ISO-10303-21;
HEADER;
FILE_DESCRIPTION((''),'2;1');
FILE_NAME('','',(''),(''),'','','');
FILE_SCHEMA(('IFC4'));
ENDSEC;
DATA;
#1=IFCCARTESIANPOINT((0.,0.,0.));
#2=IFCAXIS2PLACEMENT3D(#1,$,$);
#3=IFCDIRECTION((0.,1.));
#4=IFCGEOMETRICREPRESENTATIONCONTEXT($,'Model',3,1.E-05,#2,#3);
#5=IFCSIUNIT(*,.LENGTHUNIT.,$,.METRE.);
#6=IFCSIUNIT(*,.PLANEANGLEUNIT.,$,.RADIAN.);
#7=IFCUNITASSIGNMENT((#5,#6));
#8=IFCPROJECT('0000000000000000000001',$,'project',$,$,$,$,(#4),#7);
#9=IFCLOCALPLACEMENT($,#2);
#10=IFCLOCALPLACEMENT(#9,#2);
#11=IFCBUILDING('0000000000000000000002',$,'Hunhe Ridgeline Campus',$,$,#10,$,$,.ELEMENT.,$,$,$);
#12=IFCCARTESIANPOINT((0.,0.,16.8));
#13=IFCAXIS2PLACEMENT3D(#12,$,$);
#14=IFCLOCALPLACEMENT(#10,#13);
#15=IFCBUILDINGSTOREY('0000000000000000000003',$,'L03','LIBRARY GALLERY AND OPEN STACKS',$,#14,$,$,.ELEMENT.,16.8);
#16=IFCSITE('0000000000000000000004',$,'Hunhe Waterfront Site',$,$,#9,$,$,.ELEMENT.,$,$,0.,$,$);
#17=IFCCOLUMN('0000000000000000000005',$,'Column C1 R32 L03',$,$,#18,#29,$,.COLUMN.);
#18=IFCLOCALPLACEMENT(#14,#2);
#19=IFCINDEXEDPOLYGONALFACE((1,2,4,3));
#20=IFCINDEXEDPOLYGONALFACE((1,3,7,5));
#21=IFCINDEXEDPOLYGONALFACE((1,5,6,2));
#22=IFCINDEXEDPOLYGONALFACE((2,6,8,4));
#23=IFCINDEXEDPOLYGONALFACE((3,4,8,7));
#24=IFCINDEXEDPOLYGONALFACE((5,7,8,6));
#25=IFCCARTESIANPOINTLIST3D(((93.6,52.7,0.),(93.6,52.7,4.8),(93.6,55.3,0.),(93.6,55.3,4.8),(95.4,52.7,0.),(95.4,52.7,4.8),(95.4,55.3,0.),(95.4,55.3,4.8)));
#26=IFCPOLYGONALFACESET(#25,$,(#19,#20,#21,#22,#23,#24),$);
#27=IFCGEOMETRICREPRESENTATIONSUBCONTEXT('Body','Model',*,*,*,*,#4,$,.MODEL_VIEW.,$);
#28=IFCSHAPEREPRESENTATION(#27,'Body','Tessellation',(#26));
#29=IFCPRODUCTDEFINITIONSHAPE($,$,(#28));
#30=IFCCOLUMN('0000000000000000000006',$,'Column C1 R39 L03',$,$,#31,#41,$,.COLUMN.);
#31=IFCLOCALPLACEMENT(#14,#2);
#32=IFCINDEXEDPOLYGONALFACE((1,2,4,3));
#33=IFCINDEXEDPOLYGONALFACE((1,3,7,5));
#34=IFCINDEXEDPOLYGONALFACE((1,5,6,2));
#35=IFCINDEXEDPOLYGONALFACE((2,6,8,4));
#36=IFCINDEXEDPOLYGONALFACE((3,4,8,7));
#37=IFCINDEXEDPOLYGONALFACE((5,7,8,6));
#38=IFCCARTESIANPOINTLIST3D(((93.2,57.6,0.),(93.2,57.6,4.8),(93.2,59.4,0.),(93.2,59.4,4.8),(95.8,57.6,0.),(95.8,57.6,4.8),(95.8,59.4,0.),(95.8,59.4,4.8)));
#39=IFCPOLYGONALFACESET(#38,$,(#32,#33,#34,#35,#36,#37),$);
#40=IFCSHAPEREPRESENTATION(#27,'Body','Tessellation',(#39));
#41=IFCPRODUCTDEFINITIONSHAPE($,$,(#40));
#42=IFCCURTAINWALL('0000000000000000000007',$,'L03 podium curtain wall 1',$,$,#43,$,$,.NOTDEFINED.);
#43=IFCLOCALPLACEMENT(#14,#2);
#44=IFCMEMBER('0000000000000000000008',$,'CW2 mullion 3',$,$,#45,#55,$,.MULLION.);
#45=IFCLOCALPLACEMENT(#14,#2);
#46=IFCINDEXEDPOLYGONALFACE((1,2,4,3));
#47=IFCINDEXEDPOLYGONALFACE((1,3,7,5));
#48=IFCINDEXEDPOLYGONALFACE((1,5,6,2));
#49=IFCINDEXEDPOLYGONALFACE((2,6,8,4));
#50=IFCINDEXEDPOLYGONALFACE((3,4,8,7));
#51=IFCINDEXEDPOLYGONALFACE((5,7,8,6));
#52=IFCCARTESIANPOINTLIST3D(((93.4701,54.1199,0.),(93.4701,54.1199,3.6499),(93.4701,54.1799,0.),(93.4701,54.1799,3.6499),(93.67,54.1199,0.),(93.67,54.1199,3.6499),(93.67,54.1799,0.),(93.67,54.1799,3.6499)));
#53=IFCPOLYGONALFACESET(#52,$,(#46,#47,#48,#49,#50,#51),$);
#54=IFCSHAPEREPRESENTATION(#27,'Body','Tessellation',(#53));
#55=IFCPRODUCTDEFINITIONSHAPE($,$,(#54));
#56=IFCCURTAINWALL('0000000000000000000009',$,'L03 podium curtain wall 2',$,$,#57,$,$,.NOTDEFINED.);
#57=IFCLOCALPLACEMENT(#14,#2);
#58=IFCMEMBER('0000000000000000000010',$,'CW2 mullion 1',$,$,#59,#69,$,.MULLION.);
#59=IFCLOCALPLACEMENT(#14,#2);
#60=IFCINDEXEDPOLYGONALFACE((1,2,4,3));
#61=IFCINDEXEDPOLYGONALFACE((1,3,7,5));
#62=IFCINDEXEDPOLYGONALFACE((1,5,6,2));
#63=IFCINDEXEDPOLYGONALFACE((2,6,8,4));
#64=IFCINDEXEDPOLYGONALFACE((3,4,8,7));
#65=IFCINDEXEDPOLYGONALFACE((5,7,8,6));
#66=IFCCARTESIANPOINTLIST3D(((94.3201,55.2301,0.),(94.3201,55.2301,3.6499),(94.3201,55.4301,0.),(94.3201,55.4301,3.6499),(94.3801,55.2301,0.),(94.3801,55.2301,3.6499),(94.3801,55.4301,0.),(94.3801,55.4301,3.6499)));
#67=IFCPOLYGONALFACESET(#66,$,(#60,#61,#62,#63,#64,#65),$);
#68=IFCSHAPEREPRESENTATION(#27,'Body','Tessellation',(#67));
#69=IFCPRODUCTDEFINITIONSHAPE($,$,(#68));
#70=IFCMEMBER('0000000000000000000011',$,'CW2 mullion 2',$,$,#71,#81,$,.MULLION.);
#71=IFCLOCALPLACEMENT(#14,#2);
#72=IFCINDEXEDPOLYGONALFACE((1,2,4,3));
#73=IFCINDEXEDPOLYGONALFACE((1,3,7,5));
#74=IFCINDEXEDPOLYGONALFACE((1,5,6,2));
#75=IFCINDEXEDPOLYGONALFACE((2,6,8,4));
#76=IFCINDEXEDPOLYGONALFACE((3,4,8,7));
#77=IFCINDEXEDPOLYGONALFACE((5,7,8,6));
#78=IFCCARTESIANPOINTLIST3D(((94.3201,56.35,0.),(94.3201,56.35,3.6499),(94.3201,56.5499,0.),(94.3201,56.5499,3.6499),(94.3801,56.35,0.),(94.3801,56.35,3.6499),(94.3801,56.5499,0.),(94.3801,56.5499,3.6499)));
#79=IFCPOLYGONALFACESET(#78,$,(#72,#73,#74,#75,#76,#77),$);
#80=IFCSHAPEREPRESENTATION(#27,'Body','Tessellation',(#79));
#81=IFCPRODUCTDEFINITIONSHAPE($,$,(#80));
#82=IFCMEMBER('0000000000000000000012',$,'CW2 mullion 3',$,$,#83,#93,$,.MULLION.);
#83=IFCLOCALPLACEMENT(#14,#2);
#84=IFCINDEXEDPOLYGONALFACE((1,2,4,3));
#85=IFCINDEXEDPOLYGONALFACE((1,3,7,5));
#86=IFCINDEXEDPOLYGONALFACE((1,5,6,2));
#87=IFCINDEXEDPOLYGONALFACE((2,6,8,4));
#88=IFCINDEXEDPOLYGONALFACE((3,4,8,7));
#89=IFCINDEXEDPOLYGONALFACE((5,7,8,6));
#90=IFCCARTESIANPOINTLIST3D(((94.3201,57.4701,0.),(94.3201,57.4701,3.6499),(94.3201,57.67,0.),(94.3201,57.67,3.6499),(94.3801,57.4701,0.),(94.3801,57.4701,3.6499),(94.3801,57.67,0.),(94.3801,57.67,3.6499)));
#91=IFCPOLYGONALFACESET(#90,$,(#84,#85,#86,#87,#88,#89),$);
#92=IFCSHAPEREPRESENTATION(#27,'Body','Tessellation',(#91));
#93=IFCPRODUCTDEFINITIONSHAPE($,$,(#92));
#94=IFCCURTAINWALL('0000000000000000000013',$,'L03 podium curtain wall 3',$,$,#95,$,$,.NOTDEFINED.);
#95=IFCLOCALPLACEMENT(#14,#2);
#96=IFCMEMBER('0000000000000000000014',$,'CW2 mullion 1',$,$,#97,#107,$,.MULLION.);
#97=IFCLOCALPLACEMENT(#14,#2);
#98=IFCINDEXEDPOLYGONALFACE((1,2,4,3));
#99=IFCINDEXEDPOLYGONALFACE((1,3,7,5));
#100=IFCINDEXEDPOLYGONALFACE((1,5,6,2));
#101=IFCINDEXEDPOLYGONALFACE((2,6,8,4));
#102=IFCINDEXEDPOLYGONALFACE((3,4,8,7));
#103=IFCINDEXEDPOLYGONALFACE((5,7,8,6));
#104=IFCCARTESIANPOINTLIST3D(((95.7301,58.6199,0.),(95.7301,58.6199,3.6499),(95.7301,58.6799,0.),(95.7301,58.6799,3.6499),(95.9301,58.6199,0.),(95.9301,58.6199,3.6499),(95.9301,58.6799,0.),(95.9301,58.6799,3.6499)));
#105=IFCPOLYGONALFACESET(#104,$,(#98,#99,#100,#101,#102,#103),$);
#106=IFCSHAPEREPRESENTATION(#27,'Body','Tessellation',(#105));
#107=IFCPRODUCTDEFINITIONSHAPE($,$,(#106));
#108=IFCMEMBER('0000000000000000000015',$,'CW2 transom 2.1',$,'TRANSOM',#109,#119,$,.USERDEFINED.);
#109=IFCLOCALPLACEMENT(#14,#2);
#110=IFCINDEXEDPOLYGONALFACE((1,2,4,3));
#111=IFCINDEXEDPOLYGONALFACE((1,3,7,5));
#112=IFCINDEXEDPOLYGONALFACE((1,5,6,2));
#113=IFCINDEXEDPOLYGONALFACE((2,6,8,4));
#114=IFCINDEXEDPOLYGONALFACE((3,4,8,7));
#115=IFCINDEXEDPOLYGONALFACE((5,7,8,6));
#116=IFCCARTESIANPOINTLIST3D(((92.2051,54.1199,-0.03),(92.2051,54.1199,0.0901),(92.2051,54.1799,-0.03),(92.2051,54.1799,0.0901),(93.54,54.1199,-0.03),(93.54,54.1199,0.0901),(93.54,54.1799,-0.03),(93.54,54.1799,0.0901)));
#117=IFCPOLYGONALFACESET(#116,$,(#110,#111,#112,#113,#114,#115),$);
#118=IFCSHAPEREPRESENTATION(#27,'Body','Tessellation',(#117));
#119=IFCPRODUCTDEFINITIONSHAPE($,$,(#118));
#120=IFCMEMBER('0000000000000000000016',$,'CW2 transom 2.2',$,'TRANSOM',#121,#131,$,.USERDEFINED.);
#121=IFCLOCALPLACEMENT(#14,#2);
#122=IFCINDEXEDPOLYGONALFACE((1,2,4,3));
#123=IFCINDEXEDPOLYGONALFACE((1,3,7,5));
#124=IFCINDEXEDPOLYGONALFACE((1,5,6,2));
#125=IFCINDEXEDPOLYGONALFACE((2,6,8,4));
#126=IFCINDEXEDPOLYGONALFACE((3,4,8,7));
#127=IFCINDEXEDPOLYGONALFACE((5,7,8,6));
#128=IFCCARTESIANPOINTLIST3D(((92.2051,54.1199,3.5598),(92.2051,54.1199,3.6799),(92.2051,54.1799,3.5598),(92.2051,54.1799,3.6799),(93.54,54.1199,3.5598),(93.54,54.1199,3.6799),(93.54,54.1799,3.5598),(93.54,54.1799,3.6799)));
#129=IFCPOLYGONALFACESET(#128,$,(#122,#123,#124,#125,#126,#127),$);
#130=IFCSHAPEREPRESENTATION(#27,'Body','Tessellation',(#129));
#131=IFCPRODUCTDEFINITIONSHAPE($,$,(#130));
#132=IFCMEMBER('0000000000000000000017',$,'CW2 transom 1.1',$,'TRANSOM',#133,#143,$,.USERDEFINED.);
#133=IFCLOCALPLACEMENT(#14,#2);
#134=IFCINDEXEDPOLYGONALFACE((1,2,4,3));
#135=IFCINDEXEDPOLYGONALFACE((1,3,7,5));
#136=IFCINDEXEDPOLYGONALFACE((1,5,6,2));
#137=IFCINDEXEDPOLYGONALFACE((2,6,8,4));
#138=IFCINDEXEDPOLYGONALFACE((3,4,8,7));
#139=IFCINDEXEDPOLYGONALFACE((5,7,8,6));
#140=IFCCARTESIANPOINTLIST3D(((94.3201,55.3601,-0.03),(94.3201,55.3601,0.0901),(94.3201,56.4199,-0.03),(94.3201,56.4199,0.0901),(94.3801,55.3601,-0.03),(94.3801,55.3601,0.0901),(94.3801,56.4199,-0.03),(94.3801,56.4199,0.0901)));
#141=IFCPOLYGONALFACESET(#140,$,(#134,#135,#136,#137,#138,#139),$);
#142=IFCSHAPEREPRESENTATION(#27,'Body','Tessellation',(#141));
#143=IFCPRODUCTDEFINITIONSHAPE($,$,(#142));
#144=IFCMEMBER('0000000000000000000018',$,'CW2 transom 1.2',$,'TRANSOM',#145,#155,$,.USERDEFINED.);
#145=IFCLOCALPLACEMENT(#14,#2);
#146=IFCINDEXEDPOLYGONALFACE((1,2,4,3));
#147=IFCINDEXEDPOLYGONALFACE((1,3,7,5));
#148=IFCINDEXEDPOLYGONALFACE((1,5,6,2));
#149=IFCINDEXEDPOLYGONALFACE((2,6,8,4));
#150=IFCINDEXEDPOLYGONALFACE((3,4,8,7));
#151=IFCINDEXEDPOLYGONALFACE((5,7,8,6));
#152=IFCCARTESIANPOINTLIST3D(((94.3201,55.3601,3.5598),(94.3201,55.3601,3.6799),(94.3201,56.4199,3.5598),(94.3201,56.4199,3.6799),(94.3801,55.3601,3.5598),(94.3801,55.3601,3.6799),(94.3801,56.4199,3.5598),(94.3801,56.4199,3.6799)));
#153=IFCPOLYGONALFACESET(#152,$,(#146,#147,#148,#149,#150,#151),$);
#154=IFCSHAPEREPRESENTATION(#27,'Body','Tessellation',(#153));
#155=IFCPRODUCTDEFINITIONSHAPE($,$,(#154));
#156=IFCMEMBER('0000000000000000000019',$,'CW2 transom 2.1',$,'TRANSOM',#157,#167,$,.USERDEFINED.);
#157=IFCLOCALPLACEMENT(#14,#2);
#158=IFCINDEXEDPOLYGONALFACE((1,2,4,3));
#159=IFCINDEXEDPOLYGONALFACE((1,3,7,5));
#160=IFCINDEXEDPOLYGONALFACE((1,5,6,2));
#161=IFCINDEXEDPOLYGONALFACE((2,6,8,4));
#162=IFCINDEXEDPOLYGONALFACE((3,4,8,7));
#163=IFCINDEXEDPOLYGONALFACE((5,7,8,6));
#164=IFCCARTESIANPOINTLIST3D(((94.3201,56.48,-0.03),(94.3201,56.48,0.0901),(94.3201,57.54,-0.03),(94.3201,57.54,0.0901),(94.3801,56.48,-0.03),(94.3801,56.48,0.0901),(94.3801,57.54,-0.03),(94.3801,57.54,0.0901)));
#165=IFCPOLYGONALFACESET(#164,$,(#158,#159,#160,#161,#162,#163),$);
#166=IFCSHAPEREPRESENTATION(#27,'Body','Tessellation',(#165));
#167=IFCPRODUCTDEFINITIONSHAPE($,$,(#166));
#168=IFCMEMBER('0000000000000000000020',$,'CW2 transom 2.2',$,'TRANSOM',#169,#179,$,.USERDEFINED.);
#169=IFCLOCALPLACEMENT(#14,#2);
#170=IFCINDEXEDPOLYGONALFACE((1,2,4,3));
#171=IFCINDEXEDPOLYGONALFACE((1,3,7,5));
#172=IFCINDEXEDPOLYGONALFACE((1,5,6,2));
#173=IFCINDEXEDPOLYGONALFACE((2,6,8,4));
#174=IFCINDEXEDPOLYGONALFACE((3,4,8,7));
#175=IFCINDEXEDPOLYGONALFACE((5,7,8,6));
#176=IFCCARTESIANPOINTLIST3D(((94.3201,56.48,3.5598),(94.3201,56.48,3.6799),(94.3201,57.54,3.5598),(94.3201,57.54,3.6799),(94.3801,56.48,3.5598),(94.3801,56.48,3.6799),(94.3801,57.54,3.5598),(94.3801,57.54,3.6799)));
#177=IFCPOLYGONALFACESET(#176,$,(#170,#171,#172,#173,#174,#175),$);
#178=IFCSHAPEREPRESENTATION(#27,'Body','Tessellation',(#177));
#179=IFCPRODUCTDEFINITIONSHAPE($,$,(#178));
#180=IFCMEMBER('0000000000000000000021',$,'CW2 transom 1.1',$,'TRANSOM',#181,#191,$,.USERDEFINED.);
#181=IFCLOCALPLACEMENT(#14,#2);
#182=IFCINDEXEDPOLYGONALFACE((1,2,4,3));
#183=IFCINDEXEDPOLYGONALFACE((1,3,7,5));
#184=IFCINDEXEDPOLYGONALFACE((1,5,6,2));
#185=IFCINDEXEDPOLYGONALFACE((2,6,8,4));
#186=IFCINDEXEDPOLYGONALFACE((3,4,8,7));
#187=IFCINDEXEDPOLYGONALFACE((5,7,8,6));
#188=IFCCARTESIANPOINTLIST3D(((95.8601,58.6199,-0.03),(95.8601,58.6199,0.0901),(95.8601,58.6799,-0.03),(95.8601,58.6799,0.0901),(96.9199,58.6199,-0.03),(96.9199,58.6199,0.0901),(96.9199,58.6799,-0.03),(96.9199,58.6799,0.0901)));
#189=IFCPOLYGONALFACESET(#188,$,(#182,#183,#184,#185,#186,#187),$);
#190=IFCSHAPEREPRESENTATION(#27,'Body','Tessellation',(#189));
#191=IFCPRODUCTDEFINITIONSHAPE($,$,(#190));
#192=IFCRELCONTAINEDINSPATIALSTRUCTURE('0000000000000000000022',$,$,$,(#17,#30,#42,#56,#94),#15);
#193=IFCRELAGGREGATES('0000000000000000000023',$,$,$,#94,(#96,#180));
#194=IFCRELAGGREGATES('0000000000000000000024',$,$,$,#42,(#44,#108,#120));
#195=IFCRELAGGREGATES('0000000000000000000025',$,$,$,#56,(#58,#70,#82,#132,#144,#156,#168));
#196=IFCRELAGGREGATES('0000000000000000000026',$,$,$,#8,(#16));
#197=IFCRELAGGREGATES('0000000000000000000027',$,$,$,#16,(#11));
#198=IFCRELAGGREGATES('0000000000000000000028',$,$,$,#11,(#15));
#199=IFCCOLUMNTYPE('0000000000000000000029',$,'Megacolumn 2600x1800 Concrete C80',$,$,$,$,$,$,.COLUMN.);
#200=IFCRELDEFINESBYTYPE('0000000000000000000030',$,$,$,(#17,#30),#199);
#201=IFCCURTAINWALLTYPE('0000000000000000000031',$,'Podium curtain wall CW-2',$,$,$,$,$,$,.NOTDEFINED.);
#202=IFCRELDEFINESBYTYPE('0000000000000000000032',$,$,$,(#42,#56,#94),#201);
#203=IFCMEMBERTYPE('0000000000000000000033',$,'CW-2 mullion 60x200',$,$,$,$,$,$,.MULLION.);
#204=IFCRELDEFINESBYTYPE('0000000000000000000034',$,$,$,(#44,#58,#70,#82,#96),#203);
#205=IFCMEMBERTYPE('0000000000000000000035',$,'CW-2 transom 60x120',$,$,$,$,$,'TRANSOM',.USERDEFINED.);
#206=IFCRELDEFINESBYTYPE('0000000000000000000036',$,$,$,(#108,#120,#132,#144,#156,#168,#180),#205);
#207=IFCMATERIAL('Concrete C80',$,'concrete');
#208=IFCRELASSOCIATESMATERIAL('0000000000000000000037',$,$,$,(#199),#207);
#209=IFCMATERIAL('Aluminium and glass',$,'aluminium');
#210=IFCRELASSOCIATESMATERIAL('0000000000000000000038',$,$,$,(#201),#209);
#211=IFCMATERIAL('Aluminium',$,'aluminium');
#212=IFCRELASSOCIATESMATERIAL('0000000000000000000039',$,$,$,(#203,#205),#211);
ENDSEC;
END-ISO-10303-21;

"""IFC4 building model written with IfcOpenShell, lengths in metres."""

from ifc_helpers import new_model, si_unit, direction, frame, origin, origin_2d, place, context, subcontext, project, spatial, rectangle, extrude, material, material_profile, profile_set, type_object, element, aggregate, save


model = new_model("IFC4")

# Units and contexts
model_context = context("Model", 3, precision=1e-05, world=origin(), true_north=direction((0.0, 1.0)))
body_context = subcontext(model_context, "Body", "Model", "MODEL_VIEW")
ifc_project = project(units=[si_unit("LENGTHUNIT", "METRE"), si_unit("PLANEANGLEUNIT", "RADIAN")], contexts=[model_context])

# Site, building, storey
site_placement = place(None, origin())
site = spatial("IfcSite", under=ifc_project, at=site_placement, Name="Hunhe Waterfront Site", CompositionType="ELEMENT", RefElevation=0.0)
building_placement = place(site_placement, origin())
building = spatial("IfcBuilding", under=site, at=building_placement, Name="Hunhe Ridgeline Campus", CompositionType="ELEMENT")
storey_placement = place(building_placement, frame((0.0, 0.0, 16.8)))
storey = spatial("IfcBuildingStorey", under=building, at=storey_placement, Name="L03", Description="LIBRARY GALLERY AND OPEN STACKS", CompositionType="ELEMENT", Elevation=16.8)

# Columns
ifc_material_1 = material(Name="Concrete C80", Category="concrete")
ifc_material_profile_1 = material_profile(ifc_material_1, rectangle(XDim=2.6001, YDim=1.8, at=origin_2d()))
ifc_profile_set_1 = profile_set([ifc_material_profile_1], Name="Concrete C80")
column_type = type_object("IfcColumnType", Name="Megacolumn 2600x1800 Concrete C80", PredefinedType="COLUMN", material=ifc_profile_set_1)
for number, where, z_axis, x_axis, name in (
    (1, (94.5, 54.0, 0.0), (0.0, 0.0, 1.0), (0.0, 1.0, 0.0), "Column C1 R32 L03"),
    (2, (94.5, 58.5, 0.0), (0.0, 0.0, 1.0), (1.0, 0.0, 0.0), "Column C1 R39 L03"),
):
    element("IfcColumn", number, at=place(storey_placement, frame(where, z_axis=z_axis, x_axis=x_axis)), inside=storey, type_object=column_type, Name=name, PredefinedType="COLUMN", context=body_context, shape_type="SweptSolid", body=[
        extrude(rectangle(XDim=2.6001, YDim=1.8, at=origin_2d()), origin(), (0.0, 0.0, 1.0), 4.8),
    ])

# Curtain wall, member
ifc_material_2 = material(Name="Aluminium and glass", Category="aluminium")
curtain_wall_type = type_object("IfcCurtainWallType", Name="Podium curtain wall CW-2", PredefinedType="NOTDEFINED", material=ifc_material_2)
curtain_wall_1_placement = place(storey_placement, origin())
curtain_wall_1 = element("IfcCurtainWall", 3, at=curtain_wall_1_placement, inside=storey, type_object=curtain_wall_type, Name="L03 podium curtain wall 1", PredefinedType="NOTDEFINED")
ifc_material_3 = material(Name="Aluminium", Category="aluminium")
ifc_material_profile_2 = material_profile(ifc_material_3, rectangle(XDim=0.0601, YDim=0.2, at=origin_2d()))
ifc_profile_set_2 = profile_set([ifc_material_profile_2], Name="Aluminium")
member_type_1 = type_object("IfcMemberType", Name="CW-2 mullion 60x200", PredefinedType="MULLION", material=ifc_profile_set_2)
member_1_placement = place(storey_placement, frame((93.5701, 54.1499, 0.0), z_axis=(0.0, 0.0, 1.0), x_axis=(0.0, 1.0, 0.0)))
member_1 = element("IfcMember", 4, at=member_1_placement, type_object=member_type_1, Name="CW2 mullion 3", PredefinedType="MULLION", context=body_context, shape_type="SweptSolid", body=[
    extrude(rectangle(XDim=0.0601, YDim=0.2, at=origin_2d()), origin(), (0.0, 0.0, 1.0), 3.6499),
])

# Curtain wall, members
curtain_wall_2_placement = place(storey_placement, origin())
curtain_wall_2 = element("IfcCurtainWall", 5, at=curtain_wall_2_placement, inside=storey, type_object=curtain_wall_type, Name="L03 podium curtain wall 2", PredefinedType="NOTDEFINED")
member_2_placement = place(storey_placement, frame((94.3501, 55.3301, 0.0), z_axis=(0.0, 0.0, 1.0), x_axis=(-1.0, 0.0, 0.0)))
member_2 = element("IfcMember", 6, at=member_2_placement, type_object=member_type_1, Name="CW2 mullion 1", PredefinedType="MULLION", context=body_context, shape_type="SweptSolid", body=[
    extrude(rectangle(XDim=0.0601, YDim=0.2, at=origin_2d()), origin(), (0.0, 0.0, 1.0), 3.6499),
])
member_3_placement = place(storey_placement, frame((94.3501, 56.45, 0.0), z_axis=(0.0, 0.0, 1.0), x_axis=(-1.0, 0.0, 0.0)))
member_3 = element("IfcMember", 7, at=member_3_placement, type_object=member_type_1, Name="CW2 mullion 2", PredefinedType="MULLION", context=body_context, shape_type="SweptSolid", body=[
    extrude(rectangle(XDim=0.0601, YDim=0.2, at=origin_2d()), origin(), (0.0, 0.0, 1.0), 3.6499),
])
member_4_placement = place(storey_placement, frame((94.3501, 57.5701, 0.0), z_axis=(0.0, 0.0, 1.0), x_axis=(-1.0, 0.0, 0.0)))
member_4 = element("IfcMember", 8, at=member_4_placement, type_object=member_type_1, Name="CW2 mullion 3", PredefinedType="MULLION", context=body_context, shape_type="SweptSolid", body=[
    extrude(rectangle(XDim=0.0601, YDim=0.2, at=origin_2d()), origin(), (0.0, 0.0, 1.0), 3.6499),
])

# Curtain wall, member
curtain_wall_3_placement = place(storey_placement, origin())
curtain_wall_3 = element("IfcCurtainWall", 9, at=curtain_wall_3_placement, inside=storey, type_object=curtain_wall_type, Name="L03 podium curtain wall 3", PredefinedType="NOTDEFINED")
member_5_placement = place(storey_placement, frame((95.8301, 58.6499, 0.0), z_axis=(0.0, 0.0, 1.0), x_axis=(0.0, 1.0, 0.0)))
member_5 = element("IfcMember", 10, at=member_5_placement, type_object=member_type_1, Name="CW2 mullion 1", PredefinedType="MULLION", context=body_context, shape_type="SweptSolid", body=[
    extrude(rectangle(XDim=0.0601, YDim=0.2, at=origin_2d()), origin(), (0.0, 0.0, 1.0), 3.6499),
])

# Members
ifc_material_profile_3 = material_profile(ifc_material_3, rectangle(XDim=0.0601, YDim=0.1201, at=origin_2d()))
ifc_profile_set_3 = profile_set([ifc_material_profile_3], Name="Aluminium")
member_type_2 = type_object("IfcMemberType", Name="CW-2 transom 60x120", ElementType="TRANSOM", PredefinedType="USERDEFINED", material=ifc_profile_set_3)
member_6_placement = place(storey_placement, frame((92.2051, 54.1499, 0.03), z_axis=(1.0, 0.0, 0.0), x_axis=(0.0, 1.0, 0.0)))
member_6 = element("IfcMember", 11, at=member_6_placement, type_object=member_type_2, Name="CW2 transom 2.1", ObjectType="TRANSOM", PredefinedType="USERDEFINED", context=body_context, shape_type="SweptSolid", body=[
    extrude(rectangle(XDim=0.0601, YDim=0.1201, at=origin_2d()), origin(), (0.0, 0.0, 1.0), 1.335),
])
member_7_placement = place(storey_placement, frame((92.2051, 54.1499, 3.6199), z_axis=(1.0, 0.0, 0.0), x_axis=(0.0, 1.0, 0.0)))
member_7 = element("IfcMember", 12, at=member_7_placement, type_object=member_type_2, Name="CW2 transom 2.2", ObjectType="TRANSOM", PredefinedType="USERDEFINED", context=body_context, shape_type="SweptSolid", body=[
    extrude(rectangle(XDim=0.0601, YDim=0.1201, at=origin_2d()), origin(), (0.0, 0.0, 1.0), 1.335),
])
member_8_placement = place(storey_placement, frame((94.3501, 55.3601, 0.03), z_axis=(0.0, 1.0, 0.0), x_axis=(-1.0, 0.0, 0.0)))
member_8 = element("IfcMember", 13, at=member_8_placement, type_object=member_type_2, Name="CW2 transom 1.1", ObjectType="TRANSOM", PredefinedType="USERDEFINED", context=body_context, shape_type="SweptSolid", body=[
    extrude(rectangle(XDim=0.0601, YDim=0.1201, at=origin_2d()), origin(), (0.0, 0.0, 1.0), 1.0598),
])
member_9_placement = place(storey_placement, frame((94.3501, 55.3601, 3.6199), z_axis=(0.0, 1.0, 0.0), x_axis=(-1.0, 0.0, 0.0)))
member_9 = element("IfcMember", 14, at=member_9_placement, type_object=member_type_2, Name="CW2 transom 1.2", ObjectType="TRANSOM", PredefinedType="USERDEFINED", context=body_context, shape_type="SweptSolid", body=[
    extrude(rectangle(XDim=0.0601, YDim=0.1201, at=origin_2d()), origin(), (0.0, 0.0, 1.0), 1.0598),
])
member_10_placement = place(storey_placement, frame((94.3501, 56.48, 0.03), z_axis=(0.0, 1.0, 0.0), x_axis=(-1.0, 0.0, 0.0)))
member_10 = element("IfcMember", 15, at=member_10_placement, type_object=member_type_2, Name="CW2 transom 2.1", ObjectType="TRANSOM", PredefinedType="USERDEFINED", context=body_context, shape_type="SweptSolid", body=[
    extrude(rectangle(XDim=0.0601, YDim=0.1201, at=origin_2d()), origin(), (0.0, 0.0, 1.0), 1.0601),
])
member_11_placement = place(storey_placement, frame((94.3501, 56.48, 3.6199), z_axis=(0.0, 1.0, 0.0), x_axis=(-1.0, 0.0, 0.0)))
member_11 = element("IfcMember", 16, at=member_11_placement, type_object=member_type_2, Name="CW2 transom 2.2", ObjectType="TRANSOM", PredefinedType="USERDEFINED", context=body_context, shape_type="SweptSolid", body=[
    extrude(rectangle(XDim=0.0601, YDim=0.1201, at=origin_2d()), origin(), (0.0, 0.0, 1.0), 1.0601),
])
member_12_placement = place(storey_placement, frame((95.8601, 58.6499, 0.03), z_axis=(1.0, 0.0, 0.0), x_axis=(0.0, 1.0, 0.0)))
member_12 = element("IfcMember", 17, at=member_12_placement, type_object=member_type_2, Name="CW2 transom 1.1", ObjectType="TRANSOM", PredefinedType="USERDEFINED", context=body_context, shape_type="SweptSolid", body=[
    extrude(rectangle(XDim=0.0601, YDim=0.1201, at=origin_2d()), origin(), (0.0, 0.0, 1.0), 1.0598),
])
aggregate(curtain_wall_3, [member_5, member_12])

aggregate(curtain_wall_1, [member_1, member_6, member_7])
aggregate(curtain_wall_2, [member_2, member_3, member_4, member_8, member_9, member_10, member_11])

save(model, "model.ifc")
